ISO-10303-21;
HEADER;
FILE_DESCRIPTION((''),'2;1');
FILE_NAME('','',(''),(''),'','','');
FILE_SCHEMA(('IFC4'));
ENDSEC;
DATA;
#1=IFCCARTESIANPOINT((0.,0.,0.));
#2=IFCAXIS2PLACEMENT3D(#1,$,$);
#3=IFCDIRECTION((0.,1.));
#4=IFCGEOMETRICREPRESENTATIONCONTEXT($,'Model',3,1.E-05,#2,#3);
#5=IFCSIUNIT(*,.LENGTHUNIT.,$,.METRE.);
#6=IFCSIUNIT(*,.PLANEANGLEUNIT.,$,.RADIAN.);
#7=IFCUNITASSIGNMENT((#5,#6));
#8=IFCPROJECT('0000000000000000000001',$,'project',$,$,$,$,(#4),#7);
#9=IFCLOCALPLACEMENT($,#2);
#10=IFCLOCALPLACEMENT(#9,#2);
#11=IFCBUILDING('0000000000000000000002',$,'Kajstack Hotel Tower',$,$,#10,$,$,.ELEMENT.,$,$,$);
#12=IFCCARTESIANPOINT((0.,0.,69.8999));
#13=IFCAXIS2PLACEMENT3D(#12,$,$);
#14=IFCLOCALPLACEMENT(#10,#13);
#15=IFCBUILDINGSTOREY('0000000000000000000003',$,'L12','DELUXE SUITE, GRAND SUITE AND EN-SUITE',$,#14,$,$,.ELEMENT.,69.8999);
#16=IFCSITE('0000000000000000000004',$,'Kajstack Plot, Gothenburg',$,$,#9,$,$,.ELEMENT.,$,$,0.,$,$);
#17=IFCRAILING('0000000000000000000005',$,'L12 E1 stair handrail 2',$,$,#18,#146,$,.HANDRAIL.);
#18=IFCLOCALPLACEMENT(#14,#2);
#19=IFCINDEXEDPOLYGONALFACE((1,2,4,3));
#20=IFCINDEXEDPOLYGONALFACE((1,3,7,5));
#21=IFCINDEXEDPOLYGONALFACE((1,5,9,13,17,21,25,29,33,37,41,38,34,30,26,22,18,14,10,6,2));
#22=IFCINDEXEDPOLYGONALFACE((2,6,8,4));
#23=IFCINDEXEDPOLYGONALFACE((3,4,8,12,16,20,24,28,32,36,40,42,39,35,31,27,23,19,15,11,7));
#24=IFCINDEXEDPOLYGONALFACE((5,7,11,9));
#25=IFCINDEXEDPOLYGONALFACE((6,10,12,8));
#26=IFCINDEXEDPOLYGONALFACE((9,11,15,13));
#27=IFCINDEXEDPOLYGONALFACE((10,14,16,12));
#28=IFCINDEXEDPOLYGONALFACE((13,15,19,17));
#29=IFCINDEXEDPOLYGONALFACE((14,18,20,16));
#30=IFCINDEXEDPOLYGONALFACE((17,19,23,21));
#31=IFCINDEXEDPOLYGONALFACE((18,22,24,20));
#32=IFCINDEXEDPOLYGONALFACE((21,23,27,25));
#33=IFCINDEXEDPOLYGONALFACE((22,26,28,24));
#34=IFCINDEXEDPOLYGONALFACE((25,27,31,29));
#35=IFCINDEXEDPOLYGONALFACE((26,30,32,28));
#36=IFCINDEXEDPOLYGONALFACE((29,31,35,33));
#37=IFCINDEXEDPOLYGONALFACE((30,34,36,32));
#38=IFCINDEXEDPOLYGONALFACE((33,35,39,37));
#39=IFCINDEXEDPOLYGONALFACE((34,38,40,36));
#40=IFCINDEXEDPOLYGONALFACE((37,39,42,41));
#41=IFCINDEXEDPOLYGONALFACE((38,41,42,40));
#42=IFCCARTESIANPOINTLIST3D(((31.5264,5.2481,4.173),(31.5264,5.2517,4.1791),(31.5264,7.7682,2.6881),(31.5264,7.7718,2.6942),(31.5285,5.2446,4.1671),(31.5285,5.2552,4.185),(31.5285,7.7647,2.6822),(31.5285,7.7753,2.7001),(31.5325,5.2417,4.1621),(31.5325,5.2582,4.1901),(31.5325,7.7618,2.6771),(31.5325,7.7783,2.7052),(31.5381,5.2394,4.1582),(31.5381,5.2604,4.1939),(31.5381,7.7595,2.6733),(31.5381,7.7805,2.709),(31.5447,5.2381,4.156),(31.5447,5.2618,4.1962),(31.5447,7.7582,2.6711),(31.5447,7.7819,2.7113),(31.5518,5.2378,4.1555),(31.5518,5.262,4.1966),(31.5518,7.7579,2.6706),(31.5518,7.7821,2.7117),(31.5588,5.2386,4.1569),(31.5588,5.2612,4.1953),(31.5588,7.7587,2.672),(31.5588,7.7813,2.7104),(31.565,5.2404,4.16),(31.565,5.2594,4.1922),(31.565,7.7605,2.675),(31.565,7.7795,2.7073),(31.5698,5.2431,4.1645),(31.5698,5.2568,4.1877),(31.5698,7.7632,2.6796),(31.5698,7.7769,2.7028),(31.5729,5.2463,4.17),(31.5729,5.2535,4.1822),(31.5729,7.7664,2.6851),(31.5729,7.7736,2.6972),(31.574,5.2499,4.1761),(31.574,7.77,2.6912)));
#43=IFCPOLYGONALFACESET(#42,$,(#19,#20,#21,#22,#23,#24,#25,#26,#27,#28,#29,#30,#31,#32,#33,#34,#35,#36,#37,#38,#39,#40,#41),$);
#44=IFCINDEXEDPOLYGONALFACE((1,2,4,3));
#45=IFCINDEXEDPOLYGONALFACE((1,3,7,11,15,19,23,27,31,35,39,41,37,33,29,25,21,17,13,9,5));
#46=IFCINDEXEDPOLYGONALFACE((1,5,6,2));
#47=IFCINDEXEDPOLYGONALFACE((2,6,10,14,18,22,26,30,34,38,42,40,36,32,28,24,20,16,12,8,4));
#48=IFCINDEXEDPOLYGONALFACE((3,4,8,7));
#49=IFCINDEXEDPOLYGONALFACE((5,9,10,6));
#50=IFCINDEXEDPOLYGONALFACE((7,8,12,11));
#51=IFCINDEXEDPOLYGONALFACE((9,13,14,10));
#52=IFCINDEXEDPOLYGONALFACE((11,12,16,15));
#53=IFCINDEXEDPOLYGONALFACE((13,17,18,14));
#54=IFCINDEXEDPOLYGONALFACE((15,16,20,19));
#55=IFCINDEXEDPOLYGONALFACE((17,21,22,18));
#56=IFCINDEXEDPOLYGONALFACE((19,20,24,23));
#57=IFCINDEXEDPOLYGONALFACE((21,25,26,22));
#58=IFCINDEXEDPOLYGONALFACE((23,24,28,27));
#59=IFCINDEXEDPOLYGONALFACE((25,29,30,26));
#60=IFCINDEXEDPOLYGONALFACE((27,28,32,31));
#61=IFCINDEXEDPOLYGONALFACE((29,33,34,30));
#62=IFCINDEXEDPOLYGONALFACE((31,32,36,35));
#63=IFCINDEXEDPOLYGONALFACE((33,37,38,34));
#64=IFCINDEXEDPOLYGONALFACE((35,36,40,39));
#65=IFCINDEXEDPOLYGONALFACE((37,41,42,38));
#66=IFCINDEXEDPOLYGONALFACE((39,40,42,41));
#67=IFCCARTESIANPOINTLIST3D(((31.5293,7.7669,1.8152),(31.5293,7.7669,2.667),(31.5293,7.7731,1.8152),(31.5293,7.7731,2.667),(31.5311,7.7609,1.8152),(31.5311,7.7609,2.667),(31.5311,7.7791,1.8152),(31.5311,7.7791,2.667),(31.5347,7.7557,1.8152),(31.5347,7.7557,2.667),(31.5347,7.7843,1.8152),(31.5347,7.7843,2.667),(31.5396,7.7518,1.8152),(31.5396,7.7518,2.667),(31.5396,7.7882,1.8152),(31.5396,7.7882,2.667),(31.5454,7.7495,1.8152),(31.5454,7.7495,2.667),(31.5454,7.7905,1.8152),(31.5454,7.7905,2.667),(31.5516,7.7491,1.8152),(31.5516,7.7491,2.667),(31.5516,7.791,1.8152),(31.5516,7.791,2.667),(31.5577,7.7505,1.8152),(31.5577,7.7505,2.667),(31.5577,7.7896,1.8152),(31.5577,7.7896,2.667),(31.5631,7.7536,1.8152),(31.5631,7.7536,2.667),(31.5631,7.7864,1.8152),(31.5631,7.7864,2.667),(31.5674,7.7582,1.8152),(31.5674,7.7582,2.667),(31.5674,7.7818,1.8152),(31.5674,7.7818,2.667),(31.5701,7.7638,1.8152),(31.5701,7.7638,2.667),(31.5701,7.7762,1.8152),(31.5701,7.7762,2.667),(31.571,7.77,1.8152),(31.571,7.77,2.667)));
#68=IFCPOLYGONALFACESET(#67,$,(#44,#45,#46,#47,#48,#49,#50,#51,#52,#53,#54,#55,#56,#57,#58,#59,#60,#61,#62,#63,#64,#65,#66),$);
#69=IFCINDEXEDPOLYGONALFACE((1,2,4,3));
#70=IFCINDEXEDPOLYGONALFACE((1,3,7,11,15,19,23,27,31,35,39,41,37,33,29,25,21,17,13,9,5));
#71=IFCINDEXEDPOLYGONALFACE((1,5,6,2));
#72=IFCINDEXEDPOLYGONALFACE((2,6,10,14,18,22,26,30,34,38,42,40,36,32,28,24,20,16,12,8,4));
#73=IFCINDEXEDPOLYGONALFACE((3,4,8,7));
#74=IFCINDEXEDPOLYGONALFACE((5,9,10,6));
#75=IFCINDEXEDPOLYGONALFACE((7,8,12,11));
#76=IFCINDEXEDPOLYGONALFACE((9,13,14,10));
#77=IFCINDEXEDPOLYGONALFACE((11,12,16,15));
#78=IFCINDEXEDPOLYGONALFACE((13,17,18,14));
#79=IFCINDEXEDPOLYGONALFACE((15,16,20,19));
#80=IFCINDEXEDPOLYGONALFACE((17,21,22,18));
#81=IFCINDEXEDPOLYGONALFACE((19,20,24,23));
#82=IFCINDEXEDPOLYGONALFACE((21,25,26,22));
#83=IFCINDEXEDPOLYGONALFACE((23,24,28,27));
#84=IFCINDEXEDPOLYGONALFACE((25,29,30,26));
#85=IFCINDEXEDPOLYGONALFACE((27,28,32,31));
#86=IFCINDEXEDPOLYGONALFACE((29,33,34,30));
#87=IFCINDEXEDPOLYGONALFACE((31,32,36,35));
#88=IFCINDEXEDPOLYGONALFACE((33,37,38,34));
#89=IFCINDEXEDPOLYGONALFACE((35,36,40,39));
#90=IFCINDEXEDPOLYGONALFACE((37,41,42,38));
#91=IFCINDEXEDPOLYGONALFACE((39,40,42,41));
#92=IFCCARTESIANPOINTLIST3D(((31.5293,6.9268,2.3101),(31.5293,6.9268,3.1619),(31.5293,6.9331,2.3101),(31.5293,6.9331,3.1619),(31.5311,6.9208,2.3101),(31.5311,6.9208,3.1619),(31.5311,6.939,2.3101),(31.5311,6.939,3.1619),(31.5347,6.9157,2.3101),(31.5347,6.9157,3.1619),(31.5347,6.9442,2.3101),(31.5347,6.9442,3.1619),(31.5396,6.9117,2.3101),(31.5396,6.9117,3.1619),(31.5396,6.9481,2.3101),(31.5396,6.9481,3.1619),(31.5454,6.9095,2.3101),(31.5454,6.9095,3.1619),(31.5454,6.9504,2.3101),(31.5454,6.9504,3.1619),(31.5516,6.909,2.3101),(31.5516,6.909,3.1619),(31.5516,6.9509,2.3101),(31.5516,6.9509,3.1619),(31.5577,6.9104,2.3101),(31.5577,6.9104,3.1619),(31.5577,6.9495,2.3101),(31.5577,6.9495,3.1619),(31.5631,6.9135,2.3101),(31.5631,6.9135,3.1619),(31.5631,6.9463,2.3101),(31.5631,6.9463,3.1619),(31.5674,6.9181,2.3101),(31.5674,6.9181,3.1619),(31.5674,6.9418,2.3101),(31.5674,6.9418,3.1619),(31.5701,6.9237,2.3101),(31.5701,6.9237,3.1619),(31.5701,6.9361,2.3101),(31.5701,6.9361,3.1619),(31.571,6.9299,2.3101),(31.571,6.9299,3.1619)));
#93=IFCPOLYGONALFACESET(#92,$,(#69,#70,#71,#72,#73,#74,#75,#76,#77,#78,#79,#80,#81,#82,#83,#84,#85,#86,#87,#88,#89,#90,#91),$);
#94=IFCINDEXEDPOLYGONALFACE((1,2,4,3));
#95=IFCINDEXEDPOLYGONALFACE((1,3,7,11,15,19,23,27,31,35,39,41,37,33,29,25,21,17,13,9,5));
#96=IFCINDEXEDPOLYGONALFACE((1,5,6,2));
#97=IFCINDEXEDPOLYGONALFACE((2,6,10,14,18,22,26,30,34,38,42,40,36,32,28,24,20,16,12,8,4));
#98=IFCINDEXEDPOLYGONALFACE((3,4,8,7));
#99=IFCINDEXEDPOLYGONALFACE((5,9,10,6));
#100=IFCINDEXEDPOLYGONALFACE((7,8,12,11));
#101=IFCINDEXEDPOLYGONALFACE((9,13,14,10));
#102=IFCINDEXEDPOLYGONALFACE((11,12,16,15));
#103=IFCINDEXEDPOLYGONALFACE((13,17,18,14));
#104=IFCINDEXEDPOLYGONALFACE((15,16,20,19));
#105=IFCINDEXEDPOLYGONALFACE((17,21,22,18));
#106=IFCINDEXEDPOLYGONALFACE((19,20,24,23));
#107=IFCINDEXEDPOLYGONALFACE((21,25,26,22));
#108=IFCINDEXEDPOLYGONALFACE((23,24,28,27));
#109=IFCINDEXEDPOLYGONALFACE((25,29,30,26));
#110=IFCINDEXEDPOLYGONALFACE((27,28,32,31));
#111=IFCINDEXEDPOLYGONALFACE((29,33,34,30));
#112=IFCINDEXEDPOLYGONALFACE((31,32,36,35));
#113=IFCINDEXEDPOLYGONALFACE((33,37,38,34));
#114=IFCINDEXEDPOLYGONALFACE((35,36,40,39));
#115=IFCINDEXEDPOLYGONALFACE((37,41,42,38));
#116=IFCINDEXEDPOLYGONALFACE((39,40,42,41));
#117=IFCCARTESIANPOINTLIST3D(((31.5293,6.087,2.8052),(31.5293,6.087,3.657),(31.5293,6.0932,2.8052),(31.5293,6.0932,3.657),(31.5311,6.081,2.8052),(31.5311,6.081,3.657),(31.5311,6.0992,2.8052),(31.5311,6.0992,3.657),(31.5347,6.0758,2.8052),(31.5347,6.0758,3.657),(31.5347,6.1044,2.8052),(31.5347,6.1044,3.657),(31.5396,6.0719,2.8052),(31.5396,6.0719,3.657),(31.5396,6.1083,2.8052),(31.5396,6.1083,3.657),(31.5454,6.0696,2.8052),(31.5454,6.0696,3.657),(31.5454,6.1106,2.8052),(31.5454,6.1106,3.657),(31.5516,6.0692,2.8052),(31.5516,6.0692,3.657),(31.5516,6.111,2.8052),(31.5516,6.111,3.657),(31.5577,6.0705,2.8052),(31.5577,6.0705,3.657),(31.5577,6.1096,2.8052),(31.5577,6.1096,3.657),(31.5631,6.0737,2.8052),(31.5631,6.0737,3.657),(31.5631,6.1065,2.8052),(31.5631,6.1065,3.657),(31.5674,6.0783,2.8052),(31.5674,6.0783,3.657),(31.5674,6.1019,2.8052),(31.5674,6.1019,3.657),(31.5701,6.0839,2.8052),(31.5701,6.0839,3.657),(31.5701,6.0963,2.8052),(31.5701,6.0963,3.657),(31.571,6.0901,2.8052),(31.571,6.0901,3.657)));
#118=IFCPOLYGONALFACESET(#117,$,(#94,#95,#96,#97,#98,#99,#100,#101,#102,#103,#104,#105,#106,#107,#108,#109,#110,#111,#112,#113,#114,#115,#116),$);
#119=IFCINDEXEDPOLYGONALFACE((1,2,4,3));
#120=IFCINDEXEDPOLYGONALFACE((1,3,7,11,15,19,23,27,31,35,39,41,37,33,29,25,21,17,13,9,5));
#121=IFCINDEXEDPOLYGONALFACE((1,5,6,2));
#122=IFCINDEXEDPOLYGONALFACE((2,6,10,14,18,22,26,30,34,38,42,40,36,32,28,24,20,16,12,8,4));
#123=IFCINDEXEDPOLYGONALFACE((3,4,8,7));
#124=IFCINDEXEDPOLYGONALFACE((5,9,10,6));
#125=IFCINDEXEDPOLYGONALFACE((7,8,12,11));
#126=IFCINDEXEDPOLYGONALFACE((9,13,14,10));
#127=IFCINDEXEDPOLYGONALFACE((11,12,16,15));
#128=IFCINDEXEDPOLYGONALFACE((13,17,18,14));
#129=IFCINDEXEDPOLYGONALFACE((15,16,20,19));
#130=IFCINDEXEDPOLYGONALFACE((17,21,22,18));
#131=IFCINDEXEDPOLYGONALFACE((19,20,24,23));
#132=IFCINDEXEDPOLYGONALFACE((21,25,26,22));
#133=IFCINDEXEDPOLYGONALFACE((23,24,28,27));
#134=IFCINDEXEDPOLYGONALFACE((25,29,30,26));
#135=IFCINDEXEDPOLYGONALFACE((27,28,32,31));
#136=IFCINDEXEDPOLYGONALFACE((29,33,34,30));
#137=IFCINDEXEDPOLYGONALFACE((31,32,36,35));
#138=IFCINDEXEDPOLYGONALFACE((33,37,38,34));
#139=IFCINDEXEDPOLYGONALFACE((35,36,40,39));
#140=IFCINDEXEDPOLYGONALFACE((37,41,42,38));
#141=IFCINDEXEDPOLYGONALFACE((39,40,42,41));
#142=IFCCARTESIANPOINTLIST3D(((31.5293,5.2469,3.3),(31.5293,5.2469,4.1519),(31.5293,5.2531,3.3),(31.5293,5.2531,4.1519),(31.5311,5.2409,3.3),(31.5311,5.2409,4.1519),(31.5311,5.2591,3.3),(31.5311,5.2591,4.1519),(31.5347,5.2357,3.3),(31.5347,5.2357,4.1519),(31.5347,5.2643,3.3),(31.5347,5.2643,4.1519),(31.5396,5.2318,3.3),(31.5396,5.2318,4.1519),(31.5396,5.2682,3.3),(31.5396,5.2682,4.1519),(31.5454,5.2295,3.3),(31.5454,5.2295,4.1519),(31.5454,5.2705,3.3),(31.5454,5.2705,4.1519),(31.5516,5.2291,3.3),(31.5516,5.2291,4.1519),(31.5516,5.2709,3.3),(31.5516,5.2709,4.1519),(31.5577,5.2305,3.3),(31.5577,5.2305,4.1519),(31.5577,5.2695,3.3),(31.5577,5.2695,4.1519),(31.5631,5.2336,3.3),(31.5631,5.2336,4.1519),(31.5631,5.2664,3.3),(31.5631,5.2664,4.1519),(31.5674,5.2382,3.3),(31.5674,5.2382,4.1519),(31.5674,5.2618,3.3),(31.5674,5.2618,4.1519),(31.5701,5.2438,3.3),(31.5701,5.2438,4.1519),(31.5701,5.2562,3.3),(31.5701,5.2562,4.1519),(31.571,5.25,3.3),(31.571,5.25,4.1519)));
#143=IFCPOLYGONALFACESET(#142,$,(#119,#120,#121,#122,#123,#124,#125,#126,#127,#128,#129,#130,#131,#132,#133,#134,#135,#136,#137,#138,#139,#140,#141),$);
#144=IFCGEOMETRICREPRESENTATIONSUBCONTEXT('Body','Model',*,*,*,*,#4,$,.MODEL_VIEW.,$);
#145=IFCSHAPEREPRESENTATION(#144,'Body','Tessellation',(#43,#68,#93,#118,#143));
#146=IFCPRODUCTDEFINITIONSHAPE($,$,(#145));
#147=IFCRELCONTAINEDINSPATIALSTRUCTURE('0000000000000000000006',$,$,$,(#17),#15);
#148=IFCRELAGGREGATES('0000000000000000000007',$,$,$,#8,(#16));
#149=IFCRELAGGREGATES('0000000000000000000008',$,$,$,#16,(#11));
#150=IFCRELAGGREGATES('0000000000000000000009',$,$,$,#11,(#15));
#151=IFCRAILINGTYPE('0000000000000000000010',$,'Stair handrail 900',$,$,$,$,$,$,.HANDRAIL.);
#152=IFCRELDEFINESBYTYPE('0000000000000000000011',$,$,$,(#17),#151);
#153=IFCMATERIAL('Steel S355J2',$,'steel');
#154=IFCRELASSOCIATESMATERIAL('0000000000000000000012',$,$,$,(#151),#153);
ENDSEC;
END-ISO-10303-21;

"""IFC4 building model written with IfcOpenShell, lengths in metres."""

from ifc_helpers import new_model, si_unit, direction, frame, origin, origin_2d, place, context, subcontext, project, spatial, circle, extrude, material, type_object, element, save


model = new_model("IFC4")

# Units and contexts
model_context = context("Model", 3, precision=1e-05, world=origin(), true_north=direction((0.0, 1.0)))
body_context = subcontext(model_context, "Body", "Model", "MODEL_VIEW")
ifc_project = project(units=[si_unit("LENGTHUNIT", "METRE"), si_unit("PLANEANGLEUNIT", "RADIAN")], contexts=[model_context])

# Site, building, storey
site_placement = place(None, origin())
site = spatial("IfcSite", under=ifc_project, at=site_placement, Name="Kajstack Plot, Gothenburg", CompositionType="ELEMENT", RefElevation=0.0)
building_placement = place(site_placement, origin())
building = spatial("IfcBuilding", under=site, at=building_placement, Name="Kajstack Hotel Tower", CompositionType="ELEMENT")
storey_placement = place(building_placement, frame((0.0, 0.0, 69.8999)))
storey = spatial("IfcBuildingStorey", under=building, at=storey_placement, Name="L12", Description="DELUXE SUITE, GRAND SUITE AND EN-SUITE", CompositionType="ELEMENT", Elevation=69.8999)

# Railing
ifc_material_1 = material(Name="Steel S355J2", Category="steel")
railing_type_1 = type_object("IfcRailingType", Name="Stair handrail 900", PredefinedType="HANDRAIL", material=ifc_material_1)
railing_1_placement = place(storey_placement, frame((31.55, 7.77, 1.8152)))
element("IfcRailing", 1, at=railing_1_placement, inside=storey, type_object=railing_type_1, Name="L12 E1 stair handrail 2", PredefinedType="HANDRAIL", context=body_context, shape_type="SweptSolid", body=[
    extrude(circle(Radius=0.0239, at=origin_2d()), frame((0.0, 0.0, 0.876), z_axis=(0.0, -0.861561, 0.507655), x_axis=(1.0, 0.0, 0.0)), (0.0, 0.0, 1.0), 2.925),
    extrude(circle(Radius=0.021, at=origin_2d()), origin(), (0.0, 0.0, 1.0), 0.8518),
    extrude(circle(Radius=0.021, at=origin_2d()), frame((0.0, -0.8401, 0.4949)), (0.0, 0.0, 1.0), 0.8518),
    extrude(circle(Radius=0.021, at=origin_2d()), frame((0.0, -1.6799, 0.99)), (0.0, 0.0, 1.0), 0.8518),
    extrude(circle(Radius=0.021, at=origin_2d()), frame((0.0, -2.52, 1.4849)), (0.0, 0.0, 1.0), 0.8518),
])

save(model, "model.ifc")
